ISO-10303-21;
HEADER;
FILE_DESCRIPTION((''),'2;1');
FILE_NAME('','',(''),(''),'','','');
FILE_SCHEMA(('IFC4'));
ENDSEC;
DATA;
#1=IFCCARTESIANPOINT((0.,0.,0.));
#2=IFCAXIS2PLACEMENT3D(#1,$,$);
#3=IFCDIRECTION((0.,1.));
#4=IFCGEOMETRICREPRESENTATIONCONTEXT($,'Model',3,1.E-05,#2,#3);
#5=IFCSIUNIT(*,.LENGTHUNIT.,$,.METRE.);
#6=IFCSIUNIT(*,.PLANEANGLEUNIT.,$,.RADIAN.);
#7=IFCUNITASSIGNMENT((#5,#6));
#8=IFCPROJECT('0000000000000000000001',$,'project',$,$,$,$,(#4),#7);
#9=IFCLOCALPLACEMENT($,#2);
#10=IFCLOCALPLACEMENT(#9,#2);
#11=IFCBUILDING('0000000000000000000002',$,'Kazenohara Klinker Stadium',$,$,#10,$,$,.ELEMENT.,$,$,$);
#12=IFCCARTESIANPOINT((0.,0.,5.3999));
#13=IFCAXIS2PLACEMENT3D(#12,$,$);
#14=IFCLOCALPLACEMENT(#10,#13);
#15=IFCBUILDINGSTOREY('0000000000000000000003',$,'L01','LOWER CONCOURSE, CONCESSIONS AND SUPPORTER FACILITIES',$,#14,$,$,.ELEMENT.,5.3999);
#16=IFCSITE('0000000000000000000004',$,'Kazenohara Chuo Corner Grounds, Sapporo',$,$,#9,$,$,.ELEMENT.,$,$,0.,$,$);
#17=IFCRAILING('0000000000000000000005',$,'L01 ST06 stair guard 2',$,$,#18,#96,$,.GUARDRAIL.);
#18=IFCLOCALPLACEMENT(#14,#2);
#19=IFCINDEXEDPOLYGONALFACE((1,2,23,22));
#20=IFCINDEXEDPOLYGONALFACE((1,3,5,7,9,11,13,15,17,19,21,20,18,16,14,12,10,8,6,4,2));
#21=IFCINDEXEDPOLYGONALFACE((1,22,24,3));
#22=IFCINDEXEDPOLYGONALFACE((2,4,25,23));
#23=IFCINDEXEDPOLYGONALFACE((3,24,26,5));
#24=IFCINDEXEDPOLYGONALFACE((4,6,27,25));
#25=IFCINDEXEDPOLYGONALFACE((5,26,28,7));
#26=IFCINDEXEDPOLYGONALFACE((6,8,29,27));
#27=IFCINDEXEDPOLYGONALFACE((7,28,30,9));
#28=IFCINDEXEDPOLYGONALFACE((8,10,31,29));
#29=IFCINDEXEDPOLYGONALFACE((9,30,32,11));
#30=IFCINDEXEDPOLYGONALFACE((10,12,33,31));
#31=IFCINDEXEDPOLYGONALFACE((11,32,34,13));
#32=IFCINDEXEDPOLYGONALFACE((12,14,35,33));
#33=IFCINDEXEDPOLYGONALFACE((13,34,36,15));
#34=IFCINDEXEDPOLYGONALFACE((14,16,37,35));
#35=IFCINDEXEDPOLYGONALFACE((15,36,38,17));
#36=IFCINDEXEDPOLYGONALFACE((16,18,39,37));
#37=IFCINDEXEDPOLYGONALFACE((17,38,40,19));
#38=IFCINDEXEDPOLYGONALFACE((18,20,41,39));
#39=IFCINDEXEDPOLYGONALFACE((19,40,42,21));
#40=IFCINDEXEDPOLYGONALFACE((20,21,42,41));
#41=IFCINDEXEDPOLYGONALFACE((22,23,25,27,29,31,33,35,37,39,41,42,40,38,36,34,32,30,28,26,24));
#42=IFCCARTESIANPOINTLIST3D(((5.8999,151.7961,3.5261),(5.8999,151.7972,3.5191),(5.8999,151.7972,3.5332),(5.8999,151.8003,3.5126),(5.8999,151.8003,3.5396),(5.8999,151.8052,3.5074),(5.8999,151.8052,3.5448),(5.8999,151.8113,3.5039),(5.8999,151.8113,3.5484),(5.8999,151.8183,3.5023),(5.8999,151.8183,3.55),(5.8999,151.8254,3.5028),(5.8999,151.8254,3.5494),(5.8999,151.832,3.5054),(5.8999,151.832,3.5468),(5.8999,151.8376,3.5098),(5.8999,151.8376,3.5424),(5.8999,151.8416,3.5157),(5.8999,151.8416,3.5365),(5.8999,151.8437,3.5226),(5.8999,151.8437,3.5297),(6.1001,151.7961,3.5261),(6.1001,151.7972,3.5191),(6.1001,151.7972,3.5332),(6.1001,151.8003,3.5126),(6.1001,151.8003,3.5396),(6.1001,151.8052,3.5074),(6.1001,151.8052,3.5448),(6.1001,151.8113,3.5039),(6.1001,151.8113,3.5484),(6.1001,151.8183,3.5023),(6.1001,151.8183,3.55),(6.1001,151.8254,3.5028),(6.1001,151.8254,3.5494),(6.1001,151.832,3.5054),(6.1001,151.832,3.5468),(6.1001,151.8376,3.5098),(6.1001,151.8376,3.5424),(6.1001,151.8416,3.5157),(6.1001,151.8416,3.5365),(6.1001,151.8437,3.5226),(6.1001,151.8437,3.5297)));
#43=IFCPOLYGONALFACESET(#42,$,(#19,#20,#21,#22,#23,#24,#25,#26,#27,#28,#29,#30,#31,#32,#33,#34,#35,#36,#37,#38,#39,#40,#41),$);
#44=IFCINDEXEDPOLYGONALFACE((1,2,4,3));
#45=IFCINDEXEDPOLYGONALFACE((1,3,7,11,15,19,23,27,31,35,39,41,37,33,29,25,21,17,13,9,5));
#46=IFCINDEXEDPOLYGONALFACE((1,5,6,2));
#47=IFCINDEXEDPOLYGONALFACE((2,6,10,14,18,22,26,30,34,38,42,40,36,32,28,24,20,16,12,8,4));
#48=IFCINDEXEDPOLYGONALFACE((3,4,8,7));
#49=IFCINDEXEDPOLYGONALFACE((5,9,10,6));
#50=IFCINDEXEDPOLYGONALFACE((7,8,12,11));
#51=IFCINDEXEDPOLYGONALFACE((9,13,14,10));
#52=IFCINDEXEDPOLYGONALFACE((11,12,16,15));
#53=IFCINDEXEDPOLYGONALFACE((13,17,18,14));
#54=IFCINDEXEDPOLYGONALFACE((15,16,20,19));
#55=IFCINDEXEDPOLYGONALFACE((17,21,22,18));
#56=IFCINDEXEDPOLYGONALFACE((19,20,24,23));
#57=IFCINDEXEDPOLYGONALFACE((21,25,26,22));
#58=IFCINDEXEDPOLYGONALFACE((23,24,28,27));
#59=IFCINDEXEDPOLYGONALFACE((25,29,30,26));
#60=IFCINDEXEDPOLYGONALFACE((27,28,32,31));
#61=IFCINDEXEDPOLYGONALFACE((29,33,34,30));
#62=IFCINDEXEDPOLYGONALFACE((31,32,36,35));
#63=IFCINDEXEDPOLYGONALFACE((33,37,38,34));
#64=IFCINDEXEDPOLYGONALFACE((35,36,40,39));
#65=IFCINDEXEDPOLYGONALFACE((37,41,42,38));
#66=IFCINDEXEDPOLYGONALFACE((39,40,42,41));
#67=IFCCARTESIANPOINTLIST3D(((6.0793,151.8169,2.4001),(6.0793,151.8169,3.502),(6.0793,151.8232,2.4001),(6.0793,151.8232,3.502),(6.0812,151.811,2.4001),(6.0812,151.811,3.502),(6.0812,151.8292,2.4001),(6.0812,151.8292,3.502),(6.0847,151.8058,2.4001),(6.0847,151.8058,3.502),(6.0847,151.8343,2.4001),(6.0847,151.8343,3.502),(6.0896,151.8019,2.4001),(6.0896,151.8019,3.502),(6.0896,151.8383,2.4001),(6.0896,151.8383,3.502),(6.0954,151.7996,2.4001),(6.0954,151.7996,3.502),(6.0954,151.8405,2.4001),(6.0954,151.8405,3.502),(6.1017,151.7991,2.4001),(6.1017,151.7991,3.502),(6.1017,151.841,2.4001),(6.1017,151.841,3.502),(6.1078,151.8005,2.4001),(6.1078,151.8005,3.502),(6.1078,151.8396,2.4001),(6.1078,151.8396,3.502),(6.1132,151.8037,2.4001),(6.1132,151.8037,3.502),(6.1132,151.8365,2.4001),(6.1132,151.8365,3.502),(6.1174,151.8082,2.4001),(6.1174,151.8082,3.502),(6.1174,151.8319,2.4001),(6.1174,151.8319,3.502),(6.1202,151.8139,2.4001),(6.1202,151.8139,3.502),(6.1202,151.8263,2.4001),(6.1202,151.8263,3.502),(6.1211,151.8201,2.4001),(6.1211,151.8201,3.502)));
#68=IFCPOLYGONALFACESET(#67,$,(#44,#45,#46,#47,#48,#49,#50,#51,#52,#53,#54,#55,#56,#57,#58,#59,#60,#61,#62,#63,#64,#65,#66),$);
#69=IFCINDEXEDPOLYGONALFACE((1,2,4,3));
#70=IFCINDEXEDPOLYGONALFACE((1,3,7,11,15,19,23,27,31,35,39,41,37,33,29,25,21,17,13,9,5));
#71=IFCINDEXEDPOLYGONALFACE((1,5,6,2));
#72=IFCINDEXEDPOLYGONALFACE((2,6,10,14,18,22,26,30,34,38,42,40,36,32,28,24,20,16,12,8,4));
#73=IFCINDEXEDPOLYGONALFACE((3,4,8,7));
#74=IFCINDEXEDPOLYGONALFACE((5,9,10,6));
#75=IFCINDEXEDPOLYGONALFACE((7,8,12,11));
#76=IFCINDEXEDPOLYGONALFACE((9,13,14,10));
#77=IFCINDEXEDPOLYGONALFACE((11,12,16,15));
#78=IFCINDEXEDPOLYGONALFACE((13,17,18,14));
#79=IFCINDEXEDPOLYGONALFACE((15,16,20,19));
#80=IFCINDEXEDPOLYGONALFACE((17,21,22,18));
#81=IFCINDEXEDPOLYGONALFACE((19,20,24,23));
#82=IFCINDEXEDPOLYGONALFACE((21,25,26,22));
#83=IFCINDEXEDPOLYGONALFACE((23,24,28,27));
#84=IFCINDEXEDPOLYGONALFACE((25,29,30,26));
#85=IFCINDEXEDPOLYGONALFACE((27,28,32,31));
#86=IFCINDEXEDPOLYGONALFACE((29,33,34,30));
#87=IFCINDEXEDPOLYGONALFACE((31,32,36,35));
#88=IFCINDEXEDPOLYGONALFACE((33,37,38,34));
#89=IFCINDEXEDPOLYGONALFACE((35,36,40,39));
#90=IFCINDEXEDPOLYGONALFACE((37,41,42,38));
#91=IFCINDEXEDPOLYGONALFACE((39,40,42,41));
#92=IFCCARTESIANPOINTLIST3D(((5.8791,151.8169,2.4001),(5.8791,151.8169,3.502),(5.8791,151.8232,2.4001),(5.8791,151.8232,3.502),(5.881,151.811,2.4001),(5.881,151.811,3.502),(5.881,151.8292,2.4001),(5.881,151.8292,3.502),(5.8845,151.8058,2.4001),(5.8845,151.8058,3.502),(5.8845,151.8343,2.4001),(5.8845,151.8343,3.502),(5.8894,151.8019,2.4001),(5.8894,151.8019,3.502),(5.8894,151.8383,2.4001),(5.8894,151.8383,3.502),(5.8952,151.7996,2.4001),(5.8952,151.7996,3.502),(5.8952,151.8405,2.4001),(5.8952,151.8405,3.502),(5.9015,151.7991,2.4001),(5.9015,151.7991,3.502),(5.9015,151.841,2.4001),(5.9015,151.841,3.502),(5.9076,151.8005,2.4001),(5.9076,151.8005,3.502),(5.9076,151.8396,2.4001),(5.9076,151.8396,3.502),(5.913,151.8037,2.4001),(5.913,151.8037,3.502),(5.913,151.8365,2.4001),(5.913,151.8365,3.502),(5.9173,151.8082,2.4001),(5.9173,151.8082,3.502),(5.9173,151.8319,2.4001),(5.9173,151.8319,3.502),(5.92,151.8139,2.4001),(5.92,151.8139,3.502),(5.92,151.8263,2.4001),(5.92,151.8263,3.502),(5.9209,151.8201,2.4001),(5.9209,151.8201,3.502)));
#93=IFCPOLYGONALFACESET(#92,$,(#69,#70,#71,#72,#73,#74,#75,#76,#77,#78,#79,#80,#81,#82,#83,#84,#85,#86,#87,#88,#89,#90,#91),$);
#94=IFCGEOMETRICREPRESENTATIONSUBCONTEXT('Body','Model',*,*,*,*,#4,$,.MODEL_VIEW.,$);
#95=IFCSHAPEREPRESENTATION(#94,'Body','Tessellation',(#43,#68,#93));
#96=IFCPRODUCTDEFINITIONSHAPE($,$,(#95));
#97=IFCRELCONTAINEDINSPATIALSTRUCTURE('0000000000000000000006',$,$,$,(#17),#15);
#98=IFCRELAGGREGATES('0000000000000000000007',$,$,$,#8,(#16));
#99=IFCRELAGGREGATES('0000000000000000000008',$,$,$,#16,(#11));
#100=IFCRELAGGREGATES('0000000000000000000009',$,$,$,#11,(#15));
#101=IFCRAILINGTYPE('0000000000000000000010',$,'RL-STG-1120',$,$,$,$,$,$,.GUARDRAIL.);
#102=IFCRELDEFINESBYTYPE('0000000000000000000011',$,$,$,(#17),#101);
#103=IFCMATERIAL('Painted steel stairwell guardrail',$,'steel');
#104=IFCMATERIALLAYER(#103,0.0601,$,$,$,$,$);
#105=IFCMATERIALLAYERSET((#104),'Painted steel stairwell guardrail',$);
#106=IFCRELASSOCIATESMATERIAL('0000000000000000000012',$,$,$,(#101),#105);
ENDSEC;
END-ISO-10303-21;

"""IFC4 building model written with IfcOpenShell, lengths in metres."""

from ifc_helpers import new_model, si_unit, direction, frame, origin, origin_2d, place, context, subcontext, project, spatial, circle, extrude, material, layer, layer_set, type_object, element, save


model = new_model("IFC4")

# Units and contexts
model_context = context("Model", 3, precision=1e-05, world=origin(), true_north=direction((0.0, 1.0)))
body_context = subcontext(model_context, "Body", "Model", "MODEL_VIEW")
ifc_project = project(units=[si_unit("LENGTHUNIT", "METRE"), si_unit("PLANEANGLEUNIT", "RADIAN")], contexts=[model_context])

# Site, building, storey
site_placement = place(None, origin())
site = spatial("IfcSite", under=ifc_project, at=site_placement, Name="Kazenohara Chuo Corner Grounds, Sapporo", CompositionType="ELEMENT", RefElevation=0.0)
building_placement = place(site_placement, origin())
building = spatial("IfcBuilding", under=site, at=building_placement, Name="Kazenohara Klinker Stadium", CompositionType="ELEMENT")
storey_placement = place(building_placement, frame((0.0, 0.0, 5.3999)))
storey = spatial("IfcBuildingStorey", under=building, at=storey_placement, Name="L01", Description="LOWER CONCOURSE, CONCESSIONS AND SUPPORTER FACILITIES", CompositionType="ELEMENT", Elevation=5.3999)

# Railing
ifc_material_1 = material(Name="Painted steel stairwell guardrail", Category="steel")
ifc_layer_1 = layer(ifc_material_1, 0.0601)
ifc_layer_set_1 = layer_set([ifc_layer_1], Name="Painted steel stairwell guardrail")
railing_type_1 = type_object("IfcRailingType", Name="RL-STG-1120", PredefinedType="GUARDRAIL", material=ifc_layer_set_1)
railing_1_placement = place(storey_placement, frame((6.1001, 151.8201, 2.4001)))
element("IfcRailing", 1, at=railing_1_placement, inside=storey, type_object=railing_type_1, Name="L01 ST06 stair guard 2", PredefinedType="GUARDRAIL", context=body_context, shape_type="SweptSolid", body=[
    extrude(circle(Radius=0.0239, at=origin_2d()), frame((0.0, 0.0, 1.126), z_axis=(-1.0, 0.0, 0.0), x_axis=(0.0, -1.0, 0.0)), (0.0, 0.0, 1.0), 0.2002),
    extrude(circle(Radius=0.021, at=origin_2d()), origin(), (0.0, 0.0, 1.0), 1.1018),
    extrude(circle(Radius=0.021, at=origin_2d()), frame((-0.2002, 0.0, 0.0)), (0.0, 0.0, 1.0), 1.1018),
])

save(model, "model.ifc")
